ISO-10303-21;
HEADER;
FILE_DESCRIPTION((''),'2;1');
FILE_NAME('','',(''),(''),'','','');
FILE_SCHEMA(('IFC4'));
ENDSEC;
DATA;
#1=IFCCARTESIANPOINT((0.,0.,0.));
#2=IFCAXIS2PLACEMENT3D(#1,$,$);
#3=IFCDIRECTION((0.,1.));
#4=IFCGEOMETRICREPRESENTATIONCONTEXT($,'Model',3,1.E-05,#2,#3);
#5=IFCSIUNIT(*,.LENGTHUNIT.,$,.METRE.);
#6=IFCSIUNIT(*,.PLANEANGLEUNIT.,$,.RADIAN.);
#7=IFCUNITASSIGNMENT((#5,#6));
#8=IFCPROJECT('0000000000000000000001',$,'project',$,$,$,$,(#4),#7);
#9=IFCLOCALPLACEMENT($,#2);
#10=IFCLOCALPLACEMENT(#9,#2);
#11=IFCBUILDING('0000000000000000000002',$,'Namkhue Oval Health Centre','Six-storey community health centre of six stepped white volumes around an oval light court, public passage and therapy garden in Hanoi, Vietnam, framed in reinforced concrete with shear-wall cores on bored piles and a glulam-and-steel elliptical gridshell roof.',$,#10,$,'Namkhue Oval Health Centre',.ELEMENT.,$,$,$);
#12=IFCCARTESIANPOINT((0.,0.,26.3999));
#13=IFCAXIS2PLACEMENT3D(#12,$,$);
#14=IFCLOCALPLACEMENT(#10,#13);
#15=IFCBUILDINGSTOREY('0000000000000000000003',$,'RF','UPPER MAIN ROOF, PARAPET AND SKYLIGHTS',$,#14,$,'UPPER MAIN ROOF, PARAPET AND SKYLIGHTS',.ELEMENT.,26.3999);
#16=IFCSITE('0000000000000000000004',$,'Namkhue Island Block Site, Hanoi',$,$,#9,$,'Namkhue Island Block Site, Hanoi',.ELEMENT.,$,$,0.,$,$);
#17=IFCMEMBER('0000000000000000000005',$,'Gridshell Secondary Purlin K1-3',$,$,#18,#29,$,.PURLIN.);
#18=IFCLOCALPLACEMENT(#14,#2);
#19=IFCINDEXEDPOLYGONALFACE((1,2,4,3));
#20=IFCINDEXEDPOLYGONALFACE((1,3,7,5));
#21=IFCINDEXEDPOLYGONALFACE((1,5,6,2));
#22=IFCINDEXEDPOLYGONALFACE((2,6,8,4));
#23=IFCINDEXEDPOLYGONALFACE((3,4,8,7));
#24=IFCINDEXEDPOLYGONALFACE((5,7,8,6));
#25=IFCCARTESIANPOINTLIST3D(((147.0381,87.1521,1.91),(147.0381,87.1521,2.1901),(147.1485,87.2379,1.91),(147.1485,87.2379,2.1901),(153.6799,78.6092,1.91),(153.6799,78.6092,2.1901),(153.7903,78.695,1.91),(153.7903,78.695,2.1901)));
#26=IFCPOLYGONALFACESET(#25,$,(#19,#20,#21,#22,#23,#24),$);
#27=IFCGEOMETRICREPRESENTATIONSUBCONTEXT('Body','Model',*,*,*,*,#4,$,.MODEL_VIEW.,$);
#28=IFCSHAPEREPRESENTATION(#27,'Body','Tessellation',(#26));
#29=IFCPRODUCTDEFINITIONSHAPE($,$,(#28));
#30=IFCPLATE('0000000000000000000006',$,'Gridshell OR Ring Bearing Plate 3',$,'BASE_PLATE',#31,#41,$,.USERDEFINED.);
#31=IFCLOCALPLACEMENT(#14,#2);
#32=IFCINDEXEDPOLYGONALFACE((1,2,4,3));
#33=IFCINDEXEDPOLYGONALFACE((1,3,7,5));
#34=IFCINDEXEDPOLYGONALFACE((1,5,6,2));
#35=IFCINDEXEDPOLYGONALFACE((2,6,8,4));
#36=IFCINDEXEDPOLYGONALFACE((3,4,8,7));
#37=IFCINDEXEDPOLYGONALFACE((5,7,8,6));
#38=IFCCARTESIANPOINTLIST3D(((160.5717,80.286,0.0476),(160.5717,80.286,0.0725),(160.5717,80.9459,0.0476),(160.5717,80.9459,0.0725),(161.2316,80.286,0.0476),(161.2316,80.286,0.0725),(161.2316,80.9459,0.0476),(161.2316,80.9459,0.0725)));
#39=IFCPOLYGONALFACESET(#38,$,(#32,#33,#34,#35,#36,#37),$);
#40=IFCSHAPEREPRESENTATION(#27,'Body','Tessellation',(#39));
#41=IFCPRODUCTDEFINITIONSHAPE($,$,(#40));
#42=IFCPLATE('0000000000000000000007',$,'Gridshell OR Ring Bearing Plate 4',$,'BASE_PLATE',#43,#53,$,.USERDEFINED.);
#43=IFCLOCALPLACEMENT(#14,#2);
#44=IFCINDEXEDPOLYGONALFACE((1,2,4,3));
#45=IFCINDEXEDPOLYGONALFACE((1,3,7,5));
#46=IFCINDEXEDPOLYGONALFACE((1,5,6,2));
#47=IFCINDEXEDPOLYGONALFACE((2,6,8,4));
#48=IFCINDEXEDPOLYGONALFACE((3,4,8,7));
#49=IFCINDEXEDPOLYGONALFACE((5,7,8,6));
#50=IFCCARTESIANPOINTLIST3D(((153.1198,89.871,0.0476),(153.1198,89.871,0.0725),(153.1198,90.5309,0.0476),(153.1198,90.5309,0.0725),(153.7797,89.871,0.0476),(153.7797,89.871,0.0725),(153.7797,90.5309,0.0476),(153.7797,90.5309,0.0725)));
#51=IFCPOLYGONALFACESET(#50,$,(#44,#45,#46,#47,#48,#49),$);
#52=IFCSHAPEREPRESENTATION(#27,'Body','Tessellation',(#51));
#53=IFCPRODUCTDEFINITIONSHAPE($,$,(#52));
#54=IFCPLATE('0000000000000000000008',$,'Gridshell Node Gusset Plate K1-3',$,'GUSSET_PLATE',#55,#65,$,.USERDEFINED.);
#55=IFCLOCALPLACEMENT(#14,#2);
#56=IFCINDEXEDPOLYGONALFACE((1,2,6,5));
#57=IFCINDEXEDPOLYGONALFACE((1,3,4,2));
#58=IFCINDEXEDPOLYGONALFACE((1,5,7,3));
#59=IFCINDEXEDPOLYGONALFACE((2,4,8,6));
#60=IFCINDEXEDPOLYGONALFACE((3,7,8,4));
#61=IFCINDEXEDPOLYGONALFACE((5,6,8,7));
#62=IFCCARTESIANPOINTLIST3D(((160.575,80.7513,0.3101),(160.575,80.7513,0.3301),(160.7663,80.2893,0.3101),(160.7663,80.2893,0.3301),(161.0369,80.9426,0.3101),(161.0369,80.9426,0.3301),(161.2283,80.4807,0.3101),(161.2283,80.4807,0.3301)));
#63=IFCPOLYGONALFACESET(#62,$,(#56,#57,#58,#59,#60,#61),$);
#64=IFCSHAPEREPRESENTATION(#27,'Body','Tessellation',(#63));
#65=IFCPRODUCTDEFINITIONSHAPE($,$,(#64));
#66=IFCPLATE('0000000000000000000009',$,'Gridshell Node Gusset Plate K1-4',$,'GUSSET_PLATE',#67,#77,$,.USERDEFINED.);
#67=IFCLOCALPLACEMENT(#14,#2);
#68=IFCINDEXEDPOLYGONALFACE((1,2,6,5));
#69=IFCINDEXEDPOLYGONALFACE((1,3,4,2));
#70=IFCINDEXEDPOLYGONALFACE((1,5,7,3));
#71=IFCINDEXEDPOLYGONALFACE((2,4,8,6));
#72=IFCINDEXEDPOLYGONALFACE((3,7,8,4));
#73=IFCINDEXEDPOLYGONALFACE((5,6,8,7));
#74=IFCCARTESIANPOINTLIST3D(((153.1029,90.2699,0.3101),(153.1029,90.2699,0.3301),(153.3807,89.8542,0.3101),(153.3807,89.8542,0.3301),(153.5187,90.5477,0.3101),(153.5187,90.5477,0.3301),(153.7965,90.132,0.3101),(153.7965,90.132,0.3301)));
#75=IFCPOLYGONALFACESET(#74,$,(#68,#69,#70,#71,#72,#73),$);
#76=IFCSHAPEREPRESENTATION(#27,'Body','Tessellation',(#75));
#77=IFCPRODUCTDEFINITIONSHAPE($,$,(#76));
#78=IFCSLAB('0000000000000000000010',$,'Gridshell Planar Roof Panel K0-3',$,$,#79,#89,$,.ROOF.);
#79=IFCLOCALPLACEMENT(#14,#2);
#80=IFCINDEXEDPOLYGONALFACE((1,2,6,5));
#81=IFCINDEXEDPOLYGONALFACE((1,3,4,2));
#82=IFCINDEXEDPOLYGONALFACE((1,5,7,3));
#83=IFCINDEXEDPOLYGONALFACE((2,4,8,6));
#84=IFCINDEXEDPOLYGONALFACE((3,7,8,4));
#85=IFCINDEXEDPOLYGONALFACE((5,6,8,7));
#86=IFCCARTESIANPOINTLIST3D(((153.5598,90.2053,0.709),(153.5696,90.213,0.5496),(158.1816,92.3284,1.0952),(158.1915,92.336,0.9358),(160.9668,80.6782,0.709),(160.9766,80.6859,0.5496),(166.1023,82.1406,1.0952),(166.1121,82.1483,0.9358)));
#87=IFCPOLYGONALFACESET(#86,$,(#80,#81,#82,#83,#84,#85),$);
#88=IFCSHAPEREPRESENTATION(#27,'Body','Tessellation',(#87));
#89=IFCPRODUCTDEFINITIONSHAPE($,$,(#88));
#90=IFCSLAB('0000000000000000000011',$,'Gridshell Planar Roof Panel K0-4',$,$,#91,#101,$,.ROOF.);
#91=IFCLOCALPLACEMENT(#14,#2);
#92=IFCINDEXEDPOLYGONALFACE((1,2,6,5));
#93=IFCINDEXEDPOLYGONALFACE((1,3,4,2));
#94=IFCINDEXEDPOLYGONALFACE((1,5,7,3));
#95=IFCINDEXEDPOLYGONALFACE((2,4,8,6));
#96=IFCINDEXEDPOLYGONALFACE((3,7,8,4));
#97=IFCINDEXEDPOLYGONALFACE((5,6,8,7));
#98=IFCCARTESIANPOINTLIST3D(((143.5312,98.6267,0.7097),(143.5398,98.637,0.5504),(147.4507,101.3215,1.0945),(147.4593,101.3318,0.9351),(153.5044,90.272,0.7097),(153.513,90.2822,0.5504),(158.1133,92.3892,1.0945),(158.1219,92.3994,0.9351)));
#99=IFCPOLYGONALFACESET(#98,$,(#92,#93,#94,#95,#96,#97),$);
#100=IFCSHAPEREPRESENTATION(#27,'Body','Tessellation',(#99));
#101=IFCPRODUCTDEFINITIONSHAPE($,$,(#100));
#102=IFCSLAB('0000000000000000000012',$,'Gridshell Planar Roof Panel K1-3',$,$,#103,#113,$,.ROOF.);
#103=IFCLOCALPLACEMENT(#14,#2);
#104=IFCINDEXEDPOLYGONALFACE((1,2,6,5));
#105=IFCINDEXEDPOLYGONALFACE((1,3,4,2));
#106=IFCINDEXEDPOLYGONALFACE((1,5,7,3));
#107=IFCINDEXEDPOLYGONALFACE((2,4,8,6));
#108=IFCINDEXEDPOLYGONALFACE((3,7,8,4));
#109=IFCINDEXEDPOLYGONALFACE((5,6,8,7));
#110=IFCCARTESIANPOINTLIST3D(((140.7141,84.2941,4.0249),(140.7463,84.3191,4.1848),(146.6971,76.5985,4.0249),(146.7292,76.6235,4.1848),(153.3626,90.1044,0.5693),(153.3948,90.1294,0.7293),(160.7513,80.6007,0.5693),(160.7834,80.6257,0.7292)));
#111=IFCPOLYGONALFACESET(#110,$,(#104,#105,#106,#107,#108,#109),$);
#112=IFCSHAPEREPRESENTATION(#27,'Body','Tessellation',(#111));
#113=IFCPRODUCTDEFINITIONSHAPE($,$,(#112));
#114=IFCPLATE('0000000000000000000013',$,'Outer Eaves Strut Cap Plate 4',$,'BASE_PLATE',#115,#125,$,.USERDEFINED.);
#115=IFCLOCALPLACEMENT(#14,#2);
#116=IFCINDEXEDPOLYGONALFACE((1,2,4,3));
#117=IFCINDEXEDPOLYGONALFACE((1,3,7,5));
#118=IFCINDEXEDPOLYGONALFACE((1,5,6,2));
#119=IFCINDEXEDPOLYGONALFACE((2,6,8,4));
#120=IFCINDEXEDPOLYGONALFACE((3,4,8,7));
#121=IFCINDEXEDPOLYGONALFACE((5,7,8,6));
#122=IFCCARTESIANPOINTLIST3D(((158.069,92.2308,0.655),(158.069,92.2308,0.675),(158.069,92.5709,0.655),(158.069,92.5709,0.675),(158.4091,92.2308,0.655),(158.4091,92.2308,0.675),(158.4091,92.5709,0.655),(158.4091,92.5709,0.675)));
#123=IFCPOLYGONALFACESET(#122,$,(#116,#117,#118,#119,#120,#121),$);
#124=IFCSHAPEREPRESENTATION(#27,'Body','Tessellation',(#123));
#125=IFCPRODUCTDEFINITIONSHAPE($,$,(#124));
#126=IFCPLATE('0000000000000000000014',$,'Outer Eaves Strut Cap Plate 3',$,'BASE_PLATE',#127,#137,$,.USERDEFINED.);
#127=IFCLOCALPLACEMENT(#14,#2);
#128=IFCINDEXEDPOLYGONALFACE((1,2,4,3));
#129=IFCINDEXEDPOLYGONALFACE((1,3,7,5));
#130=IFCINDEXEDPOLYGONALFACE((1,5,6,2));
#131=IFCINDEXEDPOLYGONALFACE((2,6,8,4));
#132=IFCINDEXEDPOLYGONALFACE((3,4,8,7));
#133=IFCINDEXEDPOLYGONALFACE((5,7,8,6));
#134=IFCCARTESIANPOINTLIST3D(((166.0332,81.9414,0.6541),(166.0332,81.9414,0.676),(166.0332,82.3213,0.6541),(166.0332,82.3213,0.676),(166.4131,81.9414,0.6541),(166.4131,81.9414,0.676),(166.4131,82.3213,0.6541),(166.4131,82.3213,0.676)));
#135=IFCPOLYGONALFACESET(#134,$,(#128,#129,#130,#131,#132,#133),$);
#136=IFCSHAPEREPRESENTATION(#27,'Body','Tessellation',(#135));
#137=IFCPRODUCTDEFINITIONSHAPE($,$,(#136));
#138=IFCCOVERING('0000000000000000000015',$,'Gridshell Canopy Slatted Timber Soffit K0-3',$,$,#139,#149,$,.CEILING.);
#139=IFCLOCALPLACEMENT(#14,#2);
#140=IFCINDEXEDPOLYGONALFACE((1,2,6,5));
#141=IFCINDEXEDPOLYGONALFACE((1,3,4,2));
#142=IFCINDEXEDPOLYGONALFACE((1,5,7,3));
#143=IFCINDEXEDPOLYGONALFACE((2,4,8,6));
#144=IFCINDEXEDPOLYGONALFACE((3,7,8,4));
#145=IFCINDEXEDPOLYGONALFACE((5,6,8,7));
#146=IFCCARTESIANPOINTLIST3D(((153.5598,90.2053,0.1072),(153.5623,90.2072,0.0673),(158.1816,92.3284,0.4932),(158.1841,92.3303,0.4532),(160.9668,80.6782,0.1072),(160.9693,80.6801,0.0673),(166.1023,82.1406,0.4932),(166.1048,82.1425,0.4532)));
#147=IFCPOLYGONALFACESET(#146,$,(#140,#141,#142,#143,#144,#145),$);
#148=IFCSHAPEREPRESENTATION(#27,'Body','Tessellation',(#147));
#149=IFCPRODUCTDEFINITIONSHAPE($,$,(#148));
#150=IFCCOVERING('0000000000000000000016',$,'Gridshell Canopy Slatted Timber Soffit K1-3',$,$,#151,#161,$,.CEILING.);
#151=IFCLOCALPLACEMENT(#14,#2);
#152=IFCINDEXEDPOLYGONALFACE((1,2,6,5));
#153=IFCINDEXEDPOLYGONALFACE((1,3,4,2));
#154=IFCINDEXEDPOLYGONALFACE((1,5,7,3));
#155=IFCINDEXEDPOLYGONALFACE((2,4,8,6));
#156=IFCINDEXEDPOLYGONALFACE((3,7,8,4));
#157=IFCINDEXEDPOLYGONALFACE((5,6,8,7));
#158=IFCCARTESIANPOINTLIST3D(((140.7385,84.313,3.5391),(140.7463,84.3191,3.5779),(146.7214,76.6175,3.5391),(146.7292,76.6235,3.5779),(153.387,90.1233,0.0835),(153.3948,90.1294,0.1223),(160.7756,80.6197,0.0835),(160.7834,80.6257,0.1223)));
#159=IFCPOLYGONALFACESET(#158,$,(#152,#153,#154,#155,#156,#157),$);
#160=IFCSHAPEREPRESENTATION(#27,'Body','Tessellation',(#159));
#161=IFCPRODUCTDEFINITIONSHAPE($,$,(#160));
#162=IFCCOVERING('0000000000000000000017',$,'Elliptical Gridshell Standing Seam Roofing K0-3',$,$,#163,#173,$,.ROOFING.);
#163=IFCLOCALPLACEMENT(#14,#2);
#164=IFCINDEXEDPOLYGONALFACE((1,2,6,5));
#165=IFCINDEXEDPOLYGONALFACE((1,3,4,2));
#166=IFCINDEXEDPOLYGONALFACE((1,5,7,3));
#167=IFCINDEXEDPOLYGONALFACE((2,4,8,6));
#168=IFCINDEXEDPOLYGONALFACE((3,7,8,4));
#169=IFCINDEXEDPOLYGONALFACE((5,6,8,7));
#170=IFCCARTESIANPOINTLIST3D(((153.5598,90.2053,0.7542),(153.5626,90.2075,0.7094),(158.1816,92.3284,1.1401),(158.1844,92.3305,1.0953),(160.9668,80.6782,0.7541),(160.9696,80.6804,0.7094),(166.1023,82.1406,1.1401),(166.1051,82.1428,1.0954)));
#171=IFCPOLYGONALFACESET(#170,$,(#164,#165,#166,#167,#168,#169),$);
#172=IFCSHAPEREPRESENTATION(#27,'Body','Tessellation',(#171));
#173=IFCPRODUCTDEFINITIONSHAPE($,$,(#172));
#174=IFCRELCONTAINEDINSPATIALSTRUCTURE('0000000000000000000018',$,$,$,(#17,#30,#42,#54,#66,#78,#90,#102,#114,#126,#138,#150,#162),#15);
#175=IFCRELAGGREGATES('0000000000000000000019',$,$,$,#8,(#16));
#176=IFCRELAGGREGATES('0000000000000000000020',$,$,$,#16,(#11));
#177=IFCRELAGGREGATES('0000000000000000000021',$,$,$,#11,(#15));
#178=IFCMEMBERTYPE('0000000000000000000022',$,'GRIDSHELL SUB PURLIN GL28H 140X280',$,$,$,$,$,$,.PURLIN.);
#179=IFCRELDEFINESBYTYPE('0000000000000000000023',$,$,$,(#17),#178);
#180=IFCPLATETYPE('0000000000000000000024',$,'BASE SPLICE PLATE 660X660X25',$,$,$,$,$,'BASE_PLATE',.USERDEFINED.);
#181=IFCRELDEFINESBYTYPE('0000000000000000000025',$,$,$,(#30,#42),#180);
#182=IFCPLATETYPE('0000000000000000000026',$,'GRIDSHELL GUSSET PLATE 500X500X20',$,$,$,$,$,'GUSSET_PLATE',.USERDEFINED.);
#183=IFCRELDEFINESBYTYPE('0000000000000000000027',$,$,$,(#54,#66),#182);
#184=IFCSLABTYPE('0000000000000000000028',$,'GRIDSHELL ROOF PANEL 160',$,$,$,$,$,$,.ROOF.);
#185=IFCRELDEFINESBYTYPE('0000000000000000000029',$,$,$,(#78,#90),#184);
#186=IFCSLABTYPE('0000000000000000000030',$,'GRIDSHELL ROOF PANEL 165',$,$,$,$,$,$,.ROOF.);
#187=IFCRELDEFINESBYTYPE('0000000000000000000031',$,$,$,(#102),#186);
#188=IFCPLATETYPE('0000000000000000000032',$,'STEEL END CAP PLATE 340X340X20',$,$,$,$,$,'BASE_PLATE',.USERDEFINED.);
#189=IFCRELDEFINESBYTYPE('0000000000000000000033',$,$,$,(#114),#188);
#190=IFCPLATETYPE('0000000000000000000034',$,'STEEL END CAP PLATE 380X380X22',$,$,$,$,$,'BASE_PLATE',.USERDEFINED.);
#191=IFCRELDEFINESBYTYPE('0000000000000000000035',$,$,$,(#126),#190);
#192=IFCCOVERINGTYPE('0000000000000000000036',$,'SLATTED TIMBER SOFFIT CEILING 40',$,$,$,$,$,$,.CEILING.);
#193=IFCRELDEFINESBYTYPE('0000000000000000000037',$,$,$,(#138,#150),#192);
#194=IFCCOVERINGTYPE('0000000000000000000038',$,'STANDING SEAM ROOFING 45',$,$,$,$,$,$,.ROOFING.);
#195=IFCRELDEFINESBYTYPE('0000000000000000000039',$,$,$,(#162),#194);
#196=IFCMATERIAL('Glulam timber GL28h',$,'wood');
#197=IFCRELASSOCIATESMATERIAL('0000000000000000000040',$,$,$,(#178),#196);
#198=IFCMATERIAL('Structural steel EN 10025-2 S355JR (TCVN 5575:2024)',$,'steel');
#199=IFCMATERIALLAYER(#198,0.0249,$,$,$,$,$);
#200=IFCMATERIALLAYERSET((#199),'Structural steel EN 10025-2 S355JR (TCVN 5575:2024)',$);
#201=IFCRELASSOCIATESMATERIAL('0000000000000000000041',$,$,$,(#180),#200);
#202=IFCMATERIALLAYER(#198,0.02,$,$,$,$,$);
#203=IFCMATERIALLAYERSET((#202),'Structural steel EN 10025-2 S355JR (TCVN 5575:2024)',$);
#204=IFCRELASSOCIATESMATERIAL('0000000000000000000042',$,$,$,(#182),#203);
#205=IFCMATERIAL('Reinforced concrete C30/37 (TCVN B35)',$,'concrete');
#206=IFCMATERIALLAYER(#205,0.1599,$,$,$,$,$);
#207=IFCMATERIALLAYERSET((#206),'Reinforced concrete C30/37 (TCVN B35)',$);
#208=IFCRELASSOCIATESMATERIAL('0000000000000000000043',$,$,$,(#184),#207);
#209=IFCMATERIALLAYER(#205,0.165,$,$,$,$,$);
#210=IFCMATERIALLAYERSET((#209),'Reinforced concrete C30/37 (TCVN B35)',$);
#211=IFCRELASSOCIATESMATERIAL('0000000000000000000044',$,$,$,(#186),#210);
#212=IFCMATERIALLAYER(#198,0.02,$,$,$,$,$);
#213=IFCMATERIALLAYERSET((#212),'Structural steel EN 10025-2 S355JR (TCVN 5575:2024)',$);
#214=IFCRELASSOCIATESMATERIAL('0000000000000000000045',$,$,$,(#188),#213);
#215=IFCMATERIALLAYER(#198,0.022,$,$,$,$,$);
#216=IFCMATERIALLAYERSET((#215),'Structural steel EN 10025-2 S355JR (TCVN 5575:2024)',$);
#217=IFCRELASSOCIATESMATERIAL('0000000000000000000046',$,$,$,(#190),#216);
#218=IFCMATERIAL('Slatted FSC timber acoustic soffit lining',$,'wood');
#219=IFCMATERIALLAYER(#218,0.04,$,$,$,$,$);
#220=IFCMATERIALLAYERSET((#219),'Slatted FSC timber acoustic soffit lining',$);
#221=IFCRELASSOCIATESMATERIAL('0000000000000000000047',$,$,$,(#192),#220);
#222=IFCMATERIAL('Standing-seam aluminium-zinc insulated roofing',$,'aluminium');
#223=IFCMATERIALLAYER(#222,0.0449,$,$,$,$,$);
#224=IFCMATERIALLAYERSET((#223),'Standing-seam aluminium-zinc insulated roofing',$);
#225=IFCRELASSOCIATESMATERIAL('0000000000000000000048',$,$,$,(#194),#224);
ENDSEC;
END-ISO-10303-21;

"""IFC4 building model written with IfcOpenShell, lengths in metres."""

from ifc_helpers import new_model, si_unit, direction, frame, origin, origin_2d, place, context, subcontext, project, spatial, polyline, rectangle, outline, extrude, material, layer, layer_set, material_profile, profile_set, type_object, element, save


model = new_model("IFC4")

# Units and contexts
model_context = context("Model", 3, precision=1e-05, world=origin(), true_north=direction((0.0, 1.0)))
body_context = subcontext(model_context, "Body", "Model", "MODEL_VIEW")
ifc_project = project(units=[si_unit("LENGTHUNIT", "METRE"), si_unit("PLANEANGLEUNIT", "RADIAN")], contexts=[model_context])

# Site, building, storey
site_placement = place(None, origin())
site = spatial("IfcSite", under=ifc_project, at=site_placement, Name="Namkhue Island Block Site, Hanoi", LongName="Namkhue Island Block Site, Hanoi", CompositionType="ELEMENT", RefElevation=0.0)
building_placement = place(site_placement, origin())
building = spatial("IfcBuilding", under=site, at=building_placement, Name="Namkhue Oval Health Centre", Description="Six-storey community health centre of six stepped white volumes around an oval light court, public passage and therapy garden in Hanoi, Vietnam, framed in reinforced concrete with shear-wall cores on bored piles and a glulam-and-steel elliptical gridshell roof.", LongName="Namkhue Oval Health Centre", CompositionType="ELEMENT")
storey_placement = place(building_placement, frame((0.0, 0.0, 26.3999)))
storey = spatial("IfcBuildingStorey", under=building, at=storey_placement, Name="RF", Description="UPPER MAIN ROOF, PARAPET AND SKYLIGHTS", LongName="UPPER MAIN ROOF, PARAPET AND SKYLIGHTS", CompositionType="ELEMENT", Elevation=26.3999)

# Member
ifc_material_1 = material(Name="Structural steel EN 10025-2 S355JR (TCVN 5575:2024)", Category="steel")
ifc_material_2 = material(Name="Glulam timber GL28h", Category="wood")
ifc_material_profile_1 = material_profile(ifc_material_2, rectangle(XDim=0.1399, YDim=0.28, at=origin_2d()), Name="GL28h 140x280")
ifc_profile_set_1 = profile_set([ifc_material_profile_1], Name="Glulam timber GL28h")
member_type_1 = type_object("IfcMemberType", Name="GRIDSHELL SUB PURLIN GL28H 140X280", PredefinedType="PURLIN", material=ifc_profile_set_1)
member_1_placement = place(storey_placement, frame((153.7351, 78.6521, 2.05), z_axis=(-0.613786, 0.789472, 0.0), x_axis=(-0.789472, -0.613786, 0.0)))
element("IfcMember", 1, at=member_1_placement, inside=storey, type_object=member_type_1, Name="Gridshell Secondary Purlin K1-3", PredefinedType="PURLIN", context=body_context, shape_type="SweptSolid", body=[
    extrude(rectangle(XDim=0.1399, YDim=0.28, at=origin_2d()), origin(), (0.0, 0.0, 1.0), 10.821),
])

# Plates
ifc_layer_1 = layer(ifc_material_1, 0.0249)
ifc_layer_set_1 = layer_set([ifc_layer_1], Name="Structural steel EN 10025-2 S355JR (TCVN 5575:2024)")
plate_type_1 = type_object("IfcPlateType", Name="BASE SPLICE PLATE 660X660X25", ElementType="BASE_PLATE", PredefinedType="USERDEFINED", material=ifc_layer_set_1)
for number, where, z_axis, x_axis, name in (
    (2, (160.9016, 80.616, 0.0476), (0.0, 0.0, 1.0), (1.0, 0.0, 0.0), "Gridshell OR Ring Bearing Plate 3"),
    (3, (153.4497, 90.2009, 0.0476), (0.0, 0.0, 1.0), (1.0, 0.0, 0.0), "Gridshell OR Ring Bearing Plate 4"),
):
    element("IfcPlate", number, at=place(storey_placement, frame(where, z_axis=z_axis, x_axis=x_axis)), inside=storey, type_object=plate_type_1, Name=name, ObjectType="BASE_PLATE", PredefinedType="USERDEFINED", context=body_context, shape_type="SweptSolid", body=[
        extrude(rectangle(XDim=0.6599, YDim=0.6599, at=origin_2d()), origin(), (0.0, 0.0, 1.0), 0.0249),
    ])
ifc_layer_2 = layer(ifc_material_1, 0.02)
ifc_layer_set_2 = layer_set([ifc_layer_2], Name="Structural steel EN 10025-2 S355JR (TCVN 5575:2024)")
plate_type_2 = type_object("IfcPlateType", Name="GRIDSHELL GUSSET PLATE 500X500X20", ElementType="GUSSET_PLATE", PredefinedType="USERDEFINED", material=ifc_layer_set_2)
for number, where, z_axis, x_axis, name in (
    (4, (160.9016, 80.616, 0.3101), (0.0, 0.0, 1.0), (0.92388, 0.382683, 0.0), "Gridshell Node Gusset Plate K1-3"),
    (5, (153.4497, 90.2009, 0.3101), (0.0, 0.0, 1.0), (0.83147, 0.55557, 0.0), "Gridshell Node Gusset Plate K1-4"),
):
    element("IfcPlate", number, at=place(storey_placement, frame(where, z_axis=z_axis, x_axis=x_axis)), inside=storey, type_object=plate_type_2, Name=name, ObjectType="GUSSET_PLATE", PredefinedType="USERDEFINED", context=body_context, shape_type="SweptSolid", body=[
        extrude(rectangle(XDim=0.5, YDim=0.5, at=origin_2d()), origin(), (0.0, 0.0, 1.0), 0.02),
    ])

# Slabs
ifc_material_3 = material(Name="Reinforced concrete C30/37 (TCVN B35)", Category="concrete")
ifc_layer_3 = layer(ifc_material_3, 0.1599)
ifc_layer_set_3 = layer_set([ifc_layer_3], Name="Reinforced concrete C30/37 (TCVN B35)")
slab_type_1 = type_object("IfcSlabType", Name="GRIDSHELL ROOF PANEL 160", PredefinedType="ROOF", material=ifc_layer_set_3)
slab_1_placement = place(storey_placement, frame((166.1023, 82.1406, 1.0952), z_axis=(-0.061389, -0.047728, 0.996972), x_axis=(-0.613789, 0.78947, 0.0)))
element("IfcSlab", 6, at=slab_1_placement, inside=storey, type_object=slab_type_1, Name="Gridshell Planar Roof Panel K0-3", PredefinedType="ROOF", context=body_context, shape_type="SweptSolid", body=[
    extrude(outline(polyline([(0.0, 0.0), (12.9045, 0.0), (14.0653, 4.9669), (1.9976, 4.967), (0.0, 0.0)])), origin(), (0.0, 0.0, -1.0), 0.1599),
])
slab_2_placement = place(storey_placement, frame((158.1133, 92.3892, 1.0945), z_axis=(-0.053728, -0.064136, 0.996494), x_axis=(-0.766561, 0.642171, 0.0)))
element("IfcSlab", 7, at=slab_2_placement, inside=storey, type_object=slab_type_1, Name="Gridshell Planar Roof Panel K0-4", PredefinedType="ROOF", context=body_context, shape_type="SweptSolid", body=[
    extrude(outline(polyline([(0.0, 0.0), (13.9096, 0.0), (15.1836, 4.5988), (2.1734, 4.5988), (0.0, 0.0)])), origin(), (0.0, 0.0, -1.0), 0.1599),
])
ifc_layer_4 = layer(ifc_material_3, 0.165)
ifc_layer_set_4 = layer_set([ifc_layer_4], Name="Reinforced concrete C30/37 (TCVN B35)")
slab_type_2 = type_object("IfcSlabType", Name="GRIDSHELL ROOF PANEL 165", PredefinedType="ROOF", material=ifc_layer_set_4)
slab_3_placement = place(storey_placement, frame((160.7834, 80.6257, 0.7292), z_axis=(0.195065, 0.151654, 0.968995), x_axis=(-0.613782, 0.789476, 0.0)))
element("IfcSlab", 8, at=slab_3_placement, inside=storey, type_object=slab_type_2, Name="Gridshell Planar Roof Panel K1-3", PredefinedType="ROOF", context=body_context, shape_type="SweptSolid", body=[
    extrude(outline(polyline([(0.0, 0.0), (12.0379, 0.0), (15.2142, 13.9855), (5.4666, 13.9855), (0.0, 0.0)])), origin(), (0.0, 0.0, -1.0), 0.165),
])

# Plates
ifc_layer_5 = layer(ifc_material_1, 0.02)
ifc_layer_set_5 = layer_set([ifc_layer_5], Name="Structural steel EN 10025-2 S355JR (TCVN 5575:2024)")
plate_type_3 = type_object("IfcPlateType", Name="STEEL END CAP PLATE 340X340X20", ElementType="BASE_PLATE", PredefinedType="USERDEFINED", material=ifc_layer_set_5)
plate_1_placement = place(storey_placement, frame((158.239, 92.4009, 0.655), z_axis=(0.0, 0.0, 1.0), x_axis=(1.0, 0.0, 0.0)))
element("IfcPlate", 9, at=plate_1_placement, inside=storey, type_object=plate_type_3, Name="Outer Eaves Strut Cap Plate 4", ObjectType="BASE_PLATE", PredefinedType="USERDEFINED", context=body_context, shape_type="SweptSolid", body=[
    extrude(rectangle(XDim=0.3401, YDim=0.3401, at=origin_2d()), origin(), (0.0, 0.0, 1.0), 0.02),
])
ifc_layer_6 = layer(ifc_material_1, 0.022)
ifc_layer_set_6 = layer_set([ifc_layer_6], Name="Structural steel EN 10025-2 S355JR (TCVN 5575:2024)")
plate_type_4 = type_object("IfcPlateType", Name="STEEL END CAP PLATE 380X380X22", ElementType="BASE_PLATE", PredefinedType="USERDEFINED", material=ifc_layer_set_6)
plate_2_placement = place(storey_placement, frame((166.2231, 82.1313, 0.6541), z_axis=(0.0, 0.0, 1.0), x_axis=(1.0, 0.0, 0.0)))
element("IfcPlate", 10, at=plate_2_placement, inside=storey, type_object=plate_type_4, Name="Outer Eaves Strut Cap Plate 3", ObjectType="BASE_PLATE", PredefinedType="USERDEFINED", context=body_context, shape_type="SweptSolid", body=[
    extrude(rectangle(XDim=0.3799, YDim=0.3799, at=origin_2d()), origin(), (0.0, 0.0, 1.0), 0.022),
])

# Coverings
ifc_material_4 = material(Name="Slatted FSC timber acoustic soffit lining", Category="wood")
ifc_layer_7 = layer(ifc_material_4, 0.04)
ifc_layer_set_7 = layer_set([ifc_layer_7], Name="Slatted FSC timber acoustic soffit lining")
covering_type_1 = type_object("IfcCoveringType", Name="SLATTED TIMBER SOFFIT CEILING 40", PredefinedType="CEILING", material=ifc_layer_set_7)
covering_1_placement = place(storey_placement, frame((166.1023, 82.1406, 0.4932), z_axis=(-0.061351, -0.047698, 0.996976), x_axis=(-0.613789, 0.78947, 0.0)))
element("IfcCovering", 11, at=covering_1_placement, inside=storey, type_object=covering_type_1, Name="Gridshell Canopy Slatted Timber Soffit K0-3", PredefinedType="CEILING", context=body_context, shape_type="SweptSolid", body=[
    extrude(outline(polyline([(0.0, 0.0), (12.9045, 0.0), (14.0653, 4.9669), (1.9976, 4.9669), (0.0, 0.0)])), origin(), (0.0, 0.0, -1.0), 0.04),
])
covering_2_placement = place(storey_placement, frame((160.7834, 80.6257, 0.1223), z_axis=(0.195065, 0.151654, 0.968995), x_axis=(-0.613782, 0.789476, 0.0)))
element("IfcCovering", 12, at=covering_2_placement, inside=storey, type_object=covering_type_1, Name="Gridshell Canopy Slatted Timber Soffit K1-3", PredefinedType="CEILING", context=body_context, shape_type="SweptSolid", body=[
    extrude(outline(polyline([(0.0, 0.0), (12.0379, 0.0), (15.2142, 13.9855), (5.4666, 13.9855), (0.0, 0.0)])), origin(), (0.0, 0.0, -1.0), 0.04),
])
ifc_material_5 = material(Name="Standing-seam aluminium-zinc insulated roofing", Category="aluminium")
ifc_layer_8 = layer(ifc_material_5, 0.0449)
ifc_layer_set_8 = layer_set([ifc_layer_8], Name="Standing-seam aluminium-zinc insulated roofing")
covering_type_2 = type_object("IfcCoveringType", Name="STANDING SEAM ROOFING 45", PredefinedType="ROOFING", material=ifc_layer_set_8)
covering_3_placement = place(storey_placement, frame((166.1023, 82.1406, 1.1401), z_axis=(-0.061351, -0.047698, 0.996976), x_axis=(-0.613789, 0.78947, 0.0)))
element("IfcCovering", 13, at=covering_3_placement, inside=storey, type_object=covering_type_2, Name="Elliptical Gridshell Standing Seam Roofing K0-3", PredefinedType="ROOFING", context=body_context, shape_type="SweptSolid", body=[
    extrude(outline(polyline([(0.0, 0.0), (12.9045, 0.0), (14.0653, 4.9669), (1.9976, 4.9669), (0.0, 0.0)])), origin(), (0.0, 0.0, -1.0), 0.0449),
])

save(model, "model.ifc")
